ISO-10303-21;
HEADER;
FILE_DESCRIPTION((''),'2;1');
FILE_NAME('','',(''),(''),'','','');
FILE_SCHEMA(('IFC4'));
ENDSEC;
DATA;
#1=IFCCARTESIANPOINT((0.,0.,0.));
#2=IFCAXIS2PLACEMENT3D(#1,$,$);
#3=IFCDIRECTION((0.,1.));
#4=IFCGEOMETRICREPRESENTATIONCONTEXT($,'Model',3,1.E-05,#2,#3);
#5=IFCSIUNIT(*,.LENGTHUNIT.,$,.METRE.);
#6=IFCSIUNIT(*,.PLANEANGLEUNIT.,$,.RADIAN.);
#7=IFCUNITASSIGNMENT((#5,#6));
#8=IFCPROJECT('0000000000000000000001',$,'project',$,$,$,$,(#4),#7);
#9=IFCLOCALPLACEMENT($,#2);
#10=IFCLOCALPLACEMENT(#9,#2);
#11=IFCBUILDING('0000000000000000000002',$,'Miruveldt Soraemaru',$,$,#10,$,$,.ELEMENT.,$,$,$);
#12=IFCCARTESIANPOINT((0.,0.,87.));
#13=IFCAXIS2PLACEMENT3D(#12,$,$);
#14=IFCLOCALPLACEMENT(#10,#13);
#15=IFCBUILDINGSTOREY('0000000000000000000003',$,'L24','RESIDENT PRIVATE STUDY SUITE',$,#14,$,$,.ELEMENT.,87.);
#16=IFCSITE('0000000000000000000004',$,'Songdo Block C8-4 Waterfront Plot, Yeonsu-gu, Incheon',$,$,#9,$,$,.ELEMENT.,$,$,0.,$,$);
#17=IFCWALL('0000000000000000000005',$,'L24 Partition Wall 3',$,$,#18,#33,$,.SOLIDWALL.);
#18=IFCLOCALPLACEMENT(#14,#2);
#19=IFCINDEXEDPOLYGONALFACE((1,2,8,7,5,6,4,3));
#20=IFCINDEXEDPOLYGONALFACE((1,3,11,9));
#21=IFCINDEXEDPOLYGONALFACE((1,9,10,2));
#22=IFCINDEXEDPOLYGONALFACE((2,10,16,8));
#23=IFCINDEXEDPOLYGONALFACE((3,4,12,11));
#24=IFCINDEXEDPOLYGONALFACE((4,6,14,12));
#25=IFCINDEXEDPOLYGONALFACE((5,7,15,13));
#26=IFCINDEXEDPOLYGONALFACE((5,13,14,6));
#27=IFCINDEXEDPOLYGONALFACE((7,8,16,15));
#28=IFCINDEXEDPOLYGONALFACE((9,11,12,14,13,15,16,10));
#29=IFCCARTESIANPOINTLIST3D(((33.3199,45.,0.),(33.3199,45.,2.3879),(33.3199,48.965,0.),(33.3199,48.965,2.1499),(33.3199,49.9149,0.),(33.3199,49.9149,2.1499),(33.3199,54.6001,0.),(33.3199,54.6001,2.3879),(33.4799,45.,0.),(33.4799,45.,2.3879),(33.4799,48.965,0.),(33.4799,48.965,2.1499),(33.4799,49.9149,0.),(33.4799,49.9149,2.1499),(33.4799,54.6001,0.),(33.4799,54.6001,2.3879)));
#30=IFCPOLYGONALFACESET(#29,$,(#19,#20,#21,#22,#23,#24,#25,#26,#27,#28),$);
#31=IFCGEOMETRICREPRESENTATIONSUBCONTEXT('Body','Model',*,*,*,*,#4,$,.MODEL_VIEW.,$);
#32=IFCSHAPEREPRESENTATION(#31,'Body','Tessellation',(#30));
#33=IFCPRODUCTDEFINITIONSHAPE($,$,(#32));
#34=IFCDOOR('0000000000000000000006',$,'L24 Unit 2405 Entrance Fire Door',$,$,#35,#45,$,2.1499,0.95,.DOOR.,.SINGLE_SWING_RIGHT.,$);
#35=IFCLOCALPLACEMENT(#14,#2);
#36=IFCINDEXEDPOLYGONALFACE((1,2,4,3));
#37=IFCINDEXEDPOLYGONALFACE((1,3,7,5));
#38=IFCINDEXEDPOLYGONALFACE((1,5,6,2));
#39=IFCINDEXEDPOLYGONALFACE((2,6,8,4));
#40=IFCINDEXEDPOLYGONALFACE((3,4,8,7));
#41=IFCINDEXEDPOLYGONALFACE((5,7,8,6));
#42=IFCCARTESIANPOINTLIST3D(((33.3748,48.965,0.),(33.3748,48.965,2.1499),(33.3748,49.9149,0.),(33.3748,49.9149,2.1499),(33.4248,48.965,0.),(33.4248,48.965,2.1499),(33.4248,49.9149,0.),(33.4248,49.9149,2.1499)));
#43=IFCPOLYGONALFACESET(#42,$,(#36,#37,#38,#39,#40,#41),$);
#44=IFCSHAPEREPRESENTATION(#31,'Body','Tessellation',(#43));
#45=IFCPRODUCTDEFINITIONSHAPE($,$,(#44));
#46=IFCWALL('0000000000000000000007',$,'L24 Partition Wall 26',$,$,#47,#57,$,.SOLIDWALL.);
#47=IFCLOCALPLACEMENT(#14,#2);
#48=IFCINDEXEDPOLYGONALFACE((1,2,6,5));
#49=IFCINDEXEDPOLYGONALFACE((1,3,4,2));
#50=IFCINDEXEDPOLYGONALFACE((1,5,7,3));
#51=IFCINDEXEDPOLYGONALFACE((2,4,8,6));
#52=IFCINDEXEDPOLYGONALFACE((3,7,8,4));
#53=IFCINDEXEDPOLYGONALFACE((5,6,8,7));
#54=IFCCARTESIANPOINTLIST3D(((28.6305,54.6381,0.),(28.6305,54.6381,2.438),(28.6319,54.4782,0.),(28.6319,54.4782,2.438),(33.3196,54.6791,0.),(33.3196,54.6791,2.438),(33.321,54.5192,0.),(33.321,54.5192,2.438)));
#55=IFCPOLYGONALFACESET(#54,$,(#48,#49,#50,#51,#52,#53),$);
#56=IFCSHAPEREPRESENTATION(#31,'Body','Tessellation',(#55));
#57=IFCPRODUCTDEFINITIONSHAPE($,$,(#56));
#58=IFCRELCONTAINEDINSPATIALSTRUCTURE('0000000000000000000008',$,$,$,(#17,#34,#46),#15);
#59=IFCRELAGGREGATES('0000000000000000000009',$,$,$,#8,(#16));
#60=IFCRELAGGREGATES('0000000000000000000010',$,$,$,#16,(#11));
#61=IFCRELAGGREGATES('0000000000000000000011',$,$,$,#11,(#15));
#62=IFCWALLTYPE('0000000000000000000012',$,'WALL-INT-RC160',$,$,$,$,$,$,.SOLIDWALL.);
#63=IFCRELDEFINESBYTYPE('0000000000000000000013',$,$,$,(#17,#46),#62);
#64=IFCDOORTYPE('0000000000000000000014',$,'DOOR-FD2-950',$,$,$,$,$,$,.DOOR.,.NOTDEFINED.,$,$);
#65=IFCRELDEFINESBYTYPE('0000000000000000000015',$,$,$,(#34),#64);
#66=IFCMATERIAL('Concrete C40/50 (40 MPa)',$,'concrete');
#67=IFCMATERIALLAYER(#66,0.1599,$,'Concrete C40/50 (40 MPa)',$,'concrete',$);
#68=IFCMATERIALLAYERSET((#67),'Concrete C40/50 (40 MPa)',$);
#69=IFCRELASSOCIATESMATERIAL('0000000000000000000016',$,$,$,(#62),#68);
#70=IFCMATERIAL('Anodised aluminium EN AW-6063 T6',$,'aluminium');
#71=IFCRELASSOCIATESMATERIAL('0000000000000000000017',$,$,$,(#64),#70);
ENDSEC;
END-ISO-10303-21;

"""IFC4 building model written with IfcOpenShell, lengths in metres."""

from ifc_helpers import new_model, si_unit, direction, frame, frame_2d, origin, place, context, subcontext, project, spatial, rectangle, extrude, material, layer, layer_set, type_object, element, fill, save


model = new_model("IFC4")

# Units and contexts
model_context = context("Model", 3, precision=1e-05, world=origin(), true_north=direction((0.0, 1.0)))
body_context = subcontext(model_context, "Body", "Model", "MODEL_VIEW")
ifc_project = project(units=[si_unit("LENGTHUNIT", "METRE"), si_unit("PLANEANGLEUNIT", "RADIAN")], contexts=[model_context])

# Site, building, storey
site_placement = place(None, origin())
site = spatial("IfcSite", under=ifc_project, at=site_placement, Name="Songdo Block C8-4 Waterfront Plot, Yeonsu-gu, Incheon", CompositionType="ELEMENT", RefElevation=0.0)
building_placement = place(site_placement, origin())
building = spatial("IfcBuilding", under=site, at=building_placement, Name="Miruveldt Soraemaru", CompositionType="ELEMENT")
storey_placement = place(building_placement, frame((0.0, 0.0, 87.0)))
storey = spatial("IfcBuildingStorey", under=building, at=storey_placement, Name="L24", Description="RESIDENT PRIVATE STUDY SUITE", CompositionType="ELEMENT", Elevation=87.0)

# Shared definitions
ifc_material_1 = material(Name="Anodised aluminium EN AW-6063 T6", Category="aluminium")

# Wall, opening, door
ifc_material_2 = material(Name="Concrete C40/50 (40 MPa)", Category="concrete")
ifc_layer_1 = layer(ifc_material_2, 0.1599, Name="Concrete C40/50 (40 MPa)", Category="concrete")
ifc_layer_set_1 = layer_set([ifc_layer_1], Name="Concrete C40/50 (40 MPa)")
wall_type_1 = type_object("IfcWallType", Name="WALL-INT-RC160", PredefinedType="SOLIDWALL", material=ifc_layer_set_1)
door_type_1 = type_object("IfcDoorType", Name="DOOR-FD2-950", OperationType="NOTDEFINED", PredefinedType="DOOR", material=ifc_material_1)
wall_1_placement = place(storey_placement, frame((33.3999, 54.6001, 0.0), z_axis=(0.0, 0.0, 1.0), x_axis=(0.0, -1.0, 0.0)))
wall_1 = element("IfcWall", 1, at=wall_1_placement, inside=storey, type_object=wall_type_1, Name="L24 Partition Wall 3", PredefinedType="SOLIDWALL", context=body_context, shape_type="SweptSolid", body=[
    extrude(rectangle(XDim=9.6001, YDim=0.1599, at=frame_2d((4.8, 0.0))), origin(), (0.0, 0.0, 1.0), 2.3879),
])
opening_1_placement = place(wall_1_placement, frame((4.6851, 0.0, 0.0)))
opening_1 = element("IfcOpeningElement", 2, at=opening_1_placement, cuts=wall_1, PredefinedType="OPENING", context=body_context, shape_type="SweptSolid", body=[
    extrude(rectangle(XDim=0.95, YDim=2.1499, at=frame_2d((0.4751, 1.075))), frame((0.0, 0.0898, 0.0), z_axis=(0.0, -1.0, 0.0), x_axis=(1.0, 0.0, 0.0)), (0.0, 0.0, 1.0), 0.1799),
])
door_1_placement = place(opening_1_placement, origin())
door_1 = element("IfcDoor", 3, at=door_1_placement, inside=storey, type_object=door_type_1, Name="L24 Unit 2405 Entrance Fire Door", OperationType="SINGLE_SWING_RIGHT", OverallHeight=2.1499, OverallWidth=0.95, PredefinedType="DOOR", context=body_context, shape_type="SweptSolid", body=[
    extrude(rectangle(XDim=0.95, YDim=2.1499, at=frame_2d((0.4751, 1.075))), frame((0.0, 0.0249, 0.0), z_axis=(0.0, -1.0, 0.0), x_axis=(1.0, 0.0, 0.0)), (0.0, 0.0, 1.0), 0.05),
])
fill(opening_1, door_1)

# Wall
wall_2_placement = place(storey_placement, frame((28.6311, 54.5581, 0.0), z_axis=(0.0, 0.0, 1.0), x_axis=(0.999962, 0.008747, 0.0)))
element("IfcWall", 4, at=wall_2_placement, inside=storey, type_object=wall_type_1, Name="L24 Partition Wall 26", PredefinedType="SOLIDWALL", context=body_context, shape_type="SweptSolid", body=[
    extrude(rectangle(XDim=4.6892, YDim=0.1599, at=frame_2d((2.3447, 0.0))), origin(), (0.0, 0.0, 1.0), 2.438),
])

save(model, "model.ifc")
